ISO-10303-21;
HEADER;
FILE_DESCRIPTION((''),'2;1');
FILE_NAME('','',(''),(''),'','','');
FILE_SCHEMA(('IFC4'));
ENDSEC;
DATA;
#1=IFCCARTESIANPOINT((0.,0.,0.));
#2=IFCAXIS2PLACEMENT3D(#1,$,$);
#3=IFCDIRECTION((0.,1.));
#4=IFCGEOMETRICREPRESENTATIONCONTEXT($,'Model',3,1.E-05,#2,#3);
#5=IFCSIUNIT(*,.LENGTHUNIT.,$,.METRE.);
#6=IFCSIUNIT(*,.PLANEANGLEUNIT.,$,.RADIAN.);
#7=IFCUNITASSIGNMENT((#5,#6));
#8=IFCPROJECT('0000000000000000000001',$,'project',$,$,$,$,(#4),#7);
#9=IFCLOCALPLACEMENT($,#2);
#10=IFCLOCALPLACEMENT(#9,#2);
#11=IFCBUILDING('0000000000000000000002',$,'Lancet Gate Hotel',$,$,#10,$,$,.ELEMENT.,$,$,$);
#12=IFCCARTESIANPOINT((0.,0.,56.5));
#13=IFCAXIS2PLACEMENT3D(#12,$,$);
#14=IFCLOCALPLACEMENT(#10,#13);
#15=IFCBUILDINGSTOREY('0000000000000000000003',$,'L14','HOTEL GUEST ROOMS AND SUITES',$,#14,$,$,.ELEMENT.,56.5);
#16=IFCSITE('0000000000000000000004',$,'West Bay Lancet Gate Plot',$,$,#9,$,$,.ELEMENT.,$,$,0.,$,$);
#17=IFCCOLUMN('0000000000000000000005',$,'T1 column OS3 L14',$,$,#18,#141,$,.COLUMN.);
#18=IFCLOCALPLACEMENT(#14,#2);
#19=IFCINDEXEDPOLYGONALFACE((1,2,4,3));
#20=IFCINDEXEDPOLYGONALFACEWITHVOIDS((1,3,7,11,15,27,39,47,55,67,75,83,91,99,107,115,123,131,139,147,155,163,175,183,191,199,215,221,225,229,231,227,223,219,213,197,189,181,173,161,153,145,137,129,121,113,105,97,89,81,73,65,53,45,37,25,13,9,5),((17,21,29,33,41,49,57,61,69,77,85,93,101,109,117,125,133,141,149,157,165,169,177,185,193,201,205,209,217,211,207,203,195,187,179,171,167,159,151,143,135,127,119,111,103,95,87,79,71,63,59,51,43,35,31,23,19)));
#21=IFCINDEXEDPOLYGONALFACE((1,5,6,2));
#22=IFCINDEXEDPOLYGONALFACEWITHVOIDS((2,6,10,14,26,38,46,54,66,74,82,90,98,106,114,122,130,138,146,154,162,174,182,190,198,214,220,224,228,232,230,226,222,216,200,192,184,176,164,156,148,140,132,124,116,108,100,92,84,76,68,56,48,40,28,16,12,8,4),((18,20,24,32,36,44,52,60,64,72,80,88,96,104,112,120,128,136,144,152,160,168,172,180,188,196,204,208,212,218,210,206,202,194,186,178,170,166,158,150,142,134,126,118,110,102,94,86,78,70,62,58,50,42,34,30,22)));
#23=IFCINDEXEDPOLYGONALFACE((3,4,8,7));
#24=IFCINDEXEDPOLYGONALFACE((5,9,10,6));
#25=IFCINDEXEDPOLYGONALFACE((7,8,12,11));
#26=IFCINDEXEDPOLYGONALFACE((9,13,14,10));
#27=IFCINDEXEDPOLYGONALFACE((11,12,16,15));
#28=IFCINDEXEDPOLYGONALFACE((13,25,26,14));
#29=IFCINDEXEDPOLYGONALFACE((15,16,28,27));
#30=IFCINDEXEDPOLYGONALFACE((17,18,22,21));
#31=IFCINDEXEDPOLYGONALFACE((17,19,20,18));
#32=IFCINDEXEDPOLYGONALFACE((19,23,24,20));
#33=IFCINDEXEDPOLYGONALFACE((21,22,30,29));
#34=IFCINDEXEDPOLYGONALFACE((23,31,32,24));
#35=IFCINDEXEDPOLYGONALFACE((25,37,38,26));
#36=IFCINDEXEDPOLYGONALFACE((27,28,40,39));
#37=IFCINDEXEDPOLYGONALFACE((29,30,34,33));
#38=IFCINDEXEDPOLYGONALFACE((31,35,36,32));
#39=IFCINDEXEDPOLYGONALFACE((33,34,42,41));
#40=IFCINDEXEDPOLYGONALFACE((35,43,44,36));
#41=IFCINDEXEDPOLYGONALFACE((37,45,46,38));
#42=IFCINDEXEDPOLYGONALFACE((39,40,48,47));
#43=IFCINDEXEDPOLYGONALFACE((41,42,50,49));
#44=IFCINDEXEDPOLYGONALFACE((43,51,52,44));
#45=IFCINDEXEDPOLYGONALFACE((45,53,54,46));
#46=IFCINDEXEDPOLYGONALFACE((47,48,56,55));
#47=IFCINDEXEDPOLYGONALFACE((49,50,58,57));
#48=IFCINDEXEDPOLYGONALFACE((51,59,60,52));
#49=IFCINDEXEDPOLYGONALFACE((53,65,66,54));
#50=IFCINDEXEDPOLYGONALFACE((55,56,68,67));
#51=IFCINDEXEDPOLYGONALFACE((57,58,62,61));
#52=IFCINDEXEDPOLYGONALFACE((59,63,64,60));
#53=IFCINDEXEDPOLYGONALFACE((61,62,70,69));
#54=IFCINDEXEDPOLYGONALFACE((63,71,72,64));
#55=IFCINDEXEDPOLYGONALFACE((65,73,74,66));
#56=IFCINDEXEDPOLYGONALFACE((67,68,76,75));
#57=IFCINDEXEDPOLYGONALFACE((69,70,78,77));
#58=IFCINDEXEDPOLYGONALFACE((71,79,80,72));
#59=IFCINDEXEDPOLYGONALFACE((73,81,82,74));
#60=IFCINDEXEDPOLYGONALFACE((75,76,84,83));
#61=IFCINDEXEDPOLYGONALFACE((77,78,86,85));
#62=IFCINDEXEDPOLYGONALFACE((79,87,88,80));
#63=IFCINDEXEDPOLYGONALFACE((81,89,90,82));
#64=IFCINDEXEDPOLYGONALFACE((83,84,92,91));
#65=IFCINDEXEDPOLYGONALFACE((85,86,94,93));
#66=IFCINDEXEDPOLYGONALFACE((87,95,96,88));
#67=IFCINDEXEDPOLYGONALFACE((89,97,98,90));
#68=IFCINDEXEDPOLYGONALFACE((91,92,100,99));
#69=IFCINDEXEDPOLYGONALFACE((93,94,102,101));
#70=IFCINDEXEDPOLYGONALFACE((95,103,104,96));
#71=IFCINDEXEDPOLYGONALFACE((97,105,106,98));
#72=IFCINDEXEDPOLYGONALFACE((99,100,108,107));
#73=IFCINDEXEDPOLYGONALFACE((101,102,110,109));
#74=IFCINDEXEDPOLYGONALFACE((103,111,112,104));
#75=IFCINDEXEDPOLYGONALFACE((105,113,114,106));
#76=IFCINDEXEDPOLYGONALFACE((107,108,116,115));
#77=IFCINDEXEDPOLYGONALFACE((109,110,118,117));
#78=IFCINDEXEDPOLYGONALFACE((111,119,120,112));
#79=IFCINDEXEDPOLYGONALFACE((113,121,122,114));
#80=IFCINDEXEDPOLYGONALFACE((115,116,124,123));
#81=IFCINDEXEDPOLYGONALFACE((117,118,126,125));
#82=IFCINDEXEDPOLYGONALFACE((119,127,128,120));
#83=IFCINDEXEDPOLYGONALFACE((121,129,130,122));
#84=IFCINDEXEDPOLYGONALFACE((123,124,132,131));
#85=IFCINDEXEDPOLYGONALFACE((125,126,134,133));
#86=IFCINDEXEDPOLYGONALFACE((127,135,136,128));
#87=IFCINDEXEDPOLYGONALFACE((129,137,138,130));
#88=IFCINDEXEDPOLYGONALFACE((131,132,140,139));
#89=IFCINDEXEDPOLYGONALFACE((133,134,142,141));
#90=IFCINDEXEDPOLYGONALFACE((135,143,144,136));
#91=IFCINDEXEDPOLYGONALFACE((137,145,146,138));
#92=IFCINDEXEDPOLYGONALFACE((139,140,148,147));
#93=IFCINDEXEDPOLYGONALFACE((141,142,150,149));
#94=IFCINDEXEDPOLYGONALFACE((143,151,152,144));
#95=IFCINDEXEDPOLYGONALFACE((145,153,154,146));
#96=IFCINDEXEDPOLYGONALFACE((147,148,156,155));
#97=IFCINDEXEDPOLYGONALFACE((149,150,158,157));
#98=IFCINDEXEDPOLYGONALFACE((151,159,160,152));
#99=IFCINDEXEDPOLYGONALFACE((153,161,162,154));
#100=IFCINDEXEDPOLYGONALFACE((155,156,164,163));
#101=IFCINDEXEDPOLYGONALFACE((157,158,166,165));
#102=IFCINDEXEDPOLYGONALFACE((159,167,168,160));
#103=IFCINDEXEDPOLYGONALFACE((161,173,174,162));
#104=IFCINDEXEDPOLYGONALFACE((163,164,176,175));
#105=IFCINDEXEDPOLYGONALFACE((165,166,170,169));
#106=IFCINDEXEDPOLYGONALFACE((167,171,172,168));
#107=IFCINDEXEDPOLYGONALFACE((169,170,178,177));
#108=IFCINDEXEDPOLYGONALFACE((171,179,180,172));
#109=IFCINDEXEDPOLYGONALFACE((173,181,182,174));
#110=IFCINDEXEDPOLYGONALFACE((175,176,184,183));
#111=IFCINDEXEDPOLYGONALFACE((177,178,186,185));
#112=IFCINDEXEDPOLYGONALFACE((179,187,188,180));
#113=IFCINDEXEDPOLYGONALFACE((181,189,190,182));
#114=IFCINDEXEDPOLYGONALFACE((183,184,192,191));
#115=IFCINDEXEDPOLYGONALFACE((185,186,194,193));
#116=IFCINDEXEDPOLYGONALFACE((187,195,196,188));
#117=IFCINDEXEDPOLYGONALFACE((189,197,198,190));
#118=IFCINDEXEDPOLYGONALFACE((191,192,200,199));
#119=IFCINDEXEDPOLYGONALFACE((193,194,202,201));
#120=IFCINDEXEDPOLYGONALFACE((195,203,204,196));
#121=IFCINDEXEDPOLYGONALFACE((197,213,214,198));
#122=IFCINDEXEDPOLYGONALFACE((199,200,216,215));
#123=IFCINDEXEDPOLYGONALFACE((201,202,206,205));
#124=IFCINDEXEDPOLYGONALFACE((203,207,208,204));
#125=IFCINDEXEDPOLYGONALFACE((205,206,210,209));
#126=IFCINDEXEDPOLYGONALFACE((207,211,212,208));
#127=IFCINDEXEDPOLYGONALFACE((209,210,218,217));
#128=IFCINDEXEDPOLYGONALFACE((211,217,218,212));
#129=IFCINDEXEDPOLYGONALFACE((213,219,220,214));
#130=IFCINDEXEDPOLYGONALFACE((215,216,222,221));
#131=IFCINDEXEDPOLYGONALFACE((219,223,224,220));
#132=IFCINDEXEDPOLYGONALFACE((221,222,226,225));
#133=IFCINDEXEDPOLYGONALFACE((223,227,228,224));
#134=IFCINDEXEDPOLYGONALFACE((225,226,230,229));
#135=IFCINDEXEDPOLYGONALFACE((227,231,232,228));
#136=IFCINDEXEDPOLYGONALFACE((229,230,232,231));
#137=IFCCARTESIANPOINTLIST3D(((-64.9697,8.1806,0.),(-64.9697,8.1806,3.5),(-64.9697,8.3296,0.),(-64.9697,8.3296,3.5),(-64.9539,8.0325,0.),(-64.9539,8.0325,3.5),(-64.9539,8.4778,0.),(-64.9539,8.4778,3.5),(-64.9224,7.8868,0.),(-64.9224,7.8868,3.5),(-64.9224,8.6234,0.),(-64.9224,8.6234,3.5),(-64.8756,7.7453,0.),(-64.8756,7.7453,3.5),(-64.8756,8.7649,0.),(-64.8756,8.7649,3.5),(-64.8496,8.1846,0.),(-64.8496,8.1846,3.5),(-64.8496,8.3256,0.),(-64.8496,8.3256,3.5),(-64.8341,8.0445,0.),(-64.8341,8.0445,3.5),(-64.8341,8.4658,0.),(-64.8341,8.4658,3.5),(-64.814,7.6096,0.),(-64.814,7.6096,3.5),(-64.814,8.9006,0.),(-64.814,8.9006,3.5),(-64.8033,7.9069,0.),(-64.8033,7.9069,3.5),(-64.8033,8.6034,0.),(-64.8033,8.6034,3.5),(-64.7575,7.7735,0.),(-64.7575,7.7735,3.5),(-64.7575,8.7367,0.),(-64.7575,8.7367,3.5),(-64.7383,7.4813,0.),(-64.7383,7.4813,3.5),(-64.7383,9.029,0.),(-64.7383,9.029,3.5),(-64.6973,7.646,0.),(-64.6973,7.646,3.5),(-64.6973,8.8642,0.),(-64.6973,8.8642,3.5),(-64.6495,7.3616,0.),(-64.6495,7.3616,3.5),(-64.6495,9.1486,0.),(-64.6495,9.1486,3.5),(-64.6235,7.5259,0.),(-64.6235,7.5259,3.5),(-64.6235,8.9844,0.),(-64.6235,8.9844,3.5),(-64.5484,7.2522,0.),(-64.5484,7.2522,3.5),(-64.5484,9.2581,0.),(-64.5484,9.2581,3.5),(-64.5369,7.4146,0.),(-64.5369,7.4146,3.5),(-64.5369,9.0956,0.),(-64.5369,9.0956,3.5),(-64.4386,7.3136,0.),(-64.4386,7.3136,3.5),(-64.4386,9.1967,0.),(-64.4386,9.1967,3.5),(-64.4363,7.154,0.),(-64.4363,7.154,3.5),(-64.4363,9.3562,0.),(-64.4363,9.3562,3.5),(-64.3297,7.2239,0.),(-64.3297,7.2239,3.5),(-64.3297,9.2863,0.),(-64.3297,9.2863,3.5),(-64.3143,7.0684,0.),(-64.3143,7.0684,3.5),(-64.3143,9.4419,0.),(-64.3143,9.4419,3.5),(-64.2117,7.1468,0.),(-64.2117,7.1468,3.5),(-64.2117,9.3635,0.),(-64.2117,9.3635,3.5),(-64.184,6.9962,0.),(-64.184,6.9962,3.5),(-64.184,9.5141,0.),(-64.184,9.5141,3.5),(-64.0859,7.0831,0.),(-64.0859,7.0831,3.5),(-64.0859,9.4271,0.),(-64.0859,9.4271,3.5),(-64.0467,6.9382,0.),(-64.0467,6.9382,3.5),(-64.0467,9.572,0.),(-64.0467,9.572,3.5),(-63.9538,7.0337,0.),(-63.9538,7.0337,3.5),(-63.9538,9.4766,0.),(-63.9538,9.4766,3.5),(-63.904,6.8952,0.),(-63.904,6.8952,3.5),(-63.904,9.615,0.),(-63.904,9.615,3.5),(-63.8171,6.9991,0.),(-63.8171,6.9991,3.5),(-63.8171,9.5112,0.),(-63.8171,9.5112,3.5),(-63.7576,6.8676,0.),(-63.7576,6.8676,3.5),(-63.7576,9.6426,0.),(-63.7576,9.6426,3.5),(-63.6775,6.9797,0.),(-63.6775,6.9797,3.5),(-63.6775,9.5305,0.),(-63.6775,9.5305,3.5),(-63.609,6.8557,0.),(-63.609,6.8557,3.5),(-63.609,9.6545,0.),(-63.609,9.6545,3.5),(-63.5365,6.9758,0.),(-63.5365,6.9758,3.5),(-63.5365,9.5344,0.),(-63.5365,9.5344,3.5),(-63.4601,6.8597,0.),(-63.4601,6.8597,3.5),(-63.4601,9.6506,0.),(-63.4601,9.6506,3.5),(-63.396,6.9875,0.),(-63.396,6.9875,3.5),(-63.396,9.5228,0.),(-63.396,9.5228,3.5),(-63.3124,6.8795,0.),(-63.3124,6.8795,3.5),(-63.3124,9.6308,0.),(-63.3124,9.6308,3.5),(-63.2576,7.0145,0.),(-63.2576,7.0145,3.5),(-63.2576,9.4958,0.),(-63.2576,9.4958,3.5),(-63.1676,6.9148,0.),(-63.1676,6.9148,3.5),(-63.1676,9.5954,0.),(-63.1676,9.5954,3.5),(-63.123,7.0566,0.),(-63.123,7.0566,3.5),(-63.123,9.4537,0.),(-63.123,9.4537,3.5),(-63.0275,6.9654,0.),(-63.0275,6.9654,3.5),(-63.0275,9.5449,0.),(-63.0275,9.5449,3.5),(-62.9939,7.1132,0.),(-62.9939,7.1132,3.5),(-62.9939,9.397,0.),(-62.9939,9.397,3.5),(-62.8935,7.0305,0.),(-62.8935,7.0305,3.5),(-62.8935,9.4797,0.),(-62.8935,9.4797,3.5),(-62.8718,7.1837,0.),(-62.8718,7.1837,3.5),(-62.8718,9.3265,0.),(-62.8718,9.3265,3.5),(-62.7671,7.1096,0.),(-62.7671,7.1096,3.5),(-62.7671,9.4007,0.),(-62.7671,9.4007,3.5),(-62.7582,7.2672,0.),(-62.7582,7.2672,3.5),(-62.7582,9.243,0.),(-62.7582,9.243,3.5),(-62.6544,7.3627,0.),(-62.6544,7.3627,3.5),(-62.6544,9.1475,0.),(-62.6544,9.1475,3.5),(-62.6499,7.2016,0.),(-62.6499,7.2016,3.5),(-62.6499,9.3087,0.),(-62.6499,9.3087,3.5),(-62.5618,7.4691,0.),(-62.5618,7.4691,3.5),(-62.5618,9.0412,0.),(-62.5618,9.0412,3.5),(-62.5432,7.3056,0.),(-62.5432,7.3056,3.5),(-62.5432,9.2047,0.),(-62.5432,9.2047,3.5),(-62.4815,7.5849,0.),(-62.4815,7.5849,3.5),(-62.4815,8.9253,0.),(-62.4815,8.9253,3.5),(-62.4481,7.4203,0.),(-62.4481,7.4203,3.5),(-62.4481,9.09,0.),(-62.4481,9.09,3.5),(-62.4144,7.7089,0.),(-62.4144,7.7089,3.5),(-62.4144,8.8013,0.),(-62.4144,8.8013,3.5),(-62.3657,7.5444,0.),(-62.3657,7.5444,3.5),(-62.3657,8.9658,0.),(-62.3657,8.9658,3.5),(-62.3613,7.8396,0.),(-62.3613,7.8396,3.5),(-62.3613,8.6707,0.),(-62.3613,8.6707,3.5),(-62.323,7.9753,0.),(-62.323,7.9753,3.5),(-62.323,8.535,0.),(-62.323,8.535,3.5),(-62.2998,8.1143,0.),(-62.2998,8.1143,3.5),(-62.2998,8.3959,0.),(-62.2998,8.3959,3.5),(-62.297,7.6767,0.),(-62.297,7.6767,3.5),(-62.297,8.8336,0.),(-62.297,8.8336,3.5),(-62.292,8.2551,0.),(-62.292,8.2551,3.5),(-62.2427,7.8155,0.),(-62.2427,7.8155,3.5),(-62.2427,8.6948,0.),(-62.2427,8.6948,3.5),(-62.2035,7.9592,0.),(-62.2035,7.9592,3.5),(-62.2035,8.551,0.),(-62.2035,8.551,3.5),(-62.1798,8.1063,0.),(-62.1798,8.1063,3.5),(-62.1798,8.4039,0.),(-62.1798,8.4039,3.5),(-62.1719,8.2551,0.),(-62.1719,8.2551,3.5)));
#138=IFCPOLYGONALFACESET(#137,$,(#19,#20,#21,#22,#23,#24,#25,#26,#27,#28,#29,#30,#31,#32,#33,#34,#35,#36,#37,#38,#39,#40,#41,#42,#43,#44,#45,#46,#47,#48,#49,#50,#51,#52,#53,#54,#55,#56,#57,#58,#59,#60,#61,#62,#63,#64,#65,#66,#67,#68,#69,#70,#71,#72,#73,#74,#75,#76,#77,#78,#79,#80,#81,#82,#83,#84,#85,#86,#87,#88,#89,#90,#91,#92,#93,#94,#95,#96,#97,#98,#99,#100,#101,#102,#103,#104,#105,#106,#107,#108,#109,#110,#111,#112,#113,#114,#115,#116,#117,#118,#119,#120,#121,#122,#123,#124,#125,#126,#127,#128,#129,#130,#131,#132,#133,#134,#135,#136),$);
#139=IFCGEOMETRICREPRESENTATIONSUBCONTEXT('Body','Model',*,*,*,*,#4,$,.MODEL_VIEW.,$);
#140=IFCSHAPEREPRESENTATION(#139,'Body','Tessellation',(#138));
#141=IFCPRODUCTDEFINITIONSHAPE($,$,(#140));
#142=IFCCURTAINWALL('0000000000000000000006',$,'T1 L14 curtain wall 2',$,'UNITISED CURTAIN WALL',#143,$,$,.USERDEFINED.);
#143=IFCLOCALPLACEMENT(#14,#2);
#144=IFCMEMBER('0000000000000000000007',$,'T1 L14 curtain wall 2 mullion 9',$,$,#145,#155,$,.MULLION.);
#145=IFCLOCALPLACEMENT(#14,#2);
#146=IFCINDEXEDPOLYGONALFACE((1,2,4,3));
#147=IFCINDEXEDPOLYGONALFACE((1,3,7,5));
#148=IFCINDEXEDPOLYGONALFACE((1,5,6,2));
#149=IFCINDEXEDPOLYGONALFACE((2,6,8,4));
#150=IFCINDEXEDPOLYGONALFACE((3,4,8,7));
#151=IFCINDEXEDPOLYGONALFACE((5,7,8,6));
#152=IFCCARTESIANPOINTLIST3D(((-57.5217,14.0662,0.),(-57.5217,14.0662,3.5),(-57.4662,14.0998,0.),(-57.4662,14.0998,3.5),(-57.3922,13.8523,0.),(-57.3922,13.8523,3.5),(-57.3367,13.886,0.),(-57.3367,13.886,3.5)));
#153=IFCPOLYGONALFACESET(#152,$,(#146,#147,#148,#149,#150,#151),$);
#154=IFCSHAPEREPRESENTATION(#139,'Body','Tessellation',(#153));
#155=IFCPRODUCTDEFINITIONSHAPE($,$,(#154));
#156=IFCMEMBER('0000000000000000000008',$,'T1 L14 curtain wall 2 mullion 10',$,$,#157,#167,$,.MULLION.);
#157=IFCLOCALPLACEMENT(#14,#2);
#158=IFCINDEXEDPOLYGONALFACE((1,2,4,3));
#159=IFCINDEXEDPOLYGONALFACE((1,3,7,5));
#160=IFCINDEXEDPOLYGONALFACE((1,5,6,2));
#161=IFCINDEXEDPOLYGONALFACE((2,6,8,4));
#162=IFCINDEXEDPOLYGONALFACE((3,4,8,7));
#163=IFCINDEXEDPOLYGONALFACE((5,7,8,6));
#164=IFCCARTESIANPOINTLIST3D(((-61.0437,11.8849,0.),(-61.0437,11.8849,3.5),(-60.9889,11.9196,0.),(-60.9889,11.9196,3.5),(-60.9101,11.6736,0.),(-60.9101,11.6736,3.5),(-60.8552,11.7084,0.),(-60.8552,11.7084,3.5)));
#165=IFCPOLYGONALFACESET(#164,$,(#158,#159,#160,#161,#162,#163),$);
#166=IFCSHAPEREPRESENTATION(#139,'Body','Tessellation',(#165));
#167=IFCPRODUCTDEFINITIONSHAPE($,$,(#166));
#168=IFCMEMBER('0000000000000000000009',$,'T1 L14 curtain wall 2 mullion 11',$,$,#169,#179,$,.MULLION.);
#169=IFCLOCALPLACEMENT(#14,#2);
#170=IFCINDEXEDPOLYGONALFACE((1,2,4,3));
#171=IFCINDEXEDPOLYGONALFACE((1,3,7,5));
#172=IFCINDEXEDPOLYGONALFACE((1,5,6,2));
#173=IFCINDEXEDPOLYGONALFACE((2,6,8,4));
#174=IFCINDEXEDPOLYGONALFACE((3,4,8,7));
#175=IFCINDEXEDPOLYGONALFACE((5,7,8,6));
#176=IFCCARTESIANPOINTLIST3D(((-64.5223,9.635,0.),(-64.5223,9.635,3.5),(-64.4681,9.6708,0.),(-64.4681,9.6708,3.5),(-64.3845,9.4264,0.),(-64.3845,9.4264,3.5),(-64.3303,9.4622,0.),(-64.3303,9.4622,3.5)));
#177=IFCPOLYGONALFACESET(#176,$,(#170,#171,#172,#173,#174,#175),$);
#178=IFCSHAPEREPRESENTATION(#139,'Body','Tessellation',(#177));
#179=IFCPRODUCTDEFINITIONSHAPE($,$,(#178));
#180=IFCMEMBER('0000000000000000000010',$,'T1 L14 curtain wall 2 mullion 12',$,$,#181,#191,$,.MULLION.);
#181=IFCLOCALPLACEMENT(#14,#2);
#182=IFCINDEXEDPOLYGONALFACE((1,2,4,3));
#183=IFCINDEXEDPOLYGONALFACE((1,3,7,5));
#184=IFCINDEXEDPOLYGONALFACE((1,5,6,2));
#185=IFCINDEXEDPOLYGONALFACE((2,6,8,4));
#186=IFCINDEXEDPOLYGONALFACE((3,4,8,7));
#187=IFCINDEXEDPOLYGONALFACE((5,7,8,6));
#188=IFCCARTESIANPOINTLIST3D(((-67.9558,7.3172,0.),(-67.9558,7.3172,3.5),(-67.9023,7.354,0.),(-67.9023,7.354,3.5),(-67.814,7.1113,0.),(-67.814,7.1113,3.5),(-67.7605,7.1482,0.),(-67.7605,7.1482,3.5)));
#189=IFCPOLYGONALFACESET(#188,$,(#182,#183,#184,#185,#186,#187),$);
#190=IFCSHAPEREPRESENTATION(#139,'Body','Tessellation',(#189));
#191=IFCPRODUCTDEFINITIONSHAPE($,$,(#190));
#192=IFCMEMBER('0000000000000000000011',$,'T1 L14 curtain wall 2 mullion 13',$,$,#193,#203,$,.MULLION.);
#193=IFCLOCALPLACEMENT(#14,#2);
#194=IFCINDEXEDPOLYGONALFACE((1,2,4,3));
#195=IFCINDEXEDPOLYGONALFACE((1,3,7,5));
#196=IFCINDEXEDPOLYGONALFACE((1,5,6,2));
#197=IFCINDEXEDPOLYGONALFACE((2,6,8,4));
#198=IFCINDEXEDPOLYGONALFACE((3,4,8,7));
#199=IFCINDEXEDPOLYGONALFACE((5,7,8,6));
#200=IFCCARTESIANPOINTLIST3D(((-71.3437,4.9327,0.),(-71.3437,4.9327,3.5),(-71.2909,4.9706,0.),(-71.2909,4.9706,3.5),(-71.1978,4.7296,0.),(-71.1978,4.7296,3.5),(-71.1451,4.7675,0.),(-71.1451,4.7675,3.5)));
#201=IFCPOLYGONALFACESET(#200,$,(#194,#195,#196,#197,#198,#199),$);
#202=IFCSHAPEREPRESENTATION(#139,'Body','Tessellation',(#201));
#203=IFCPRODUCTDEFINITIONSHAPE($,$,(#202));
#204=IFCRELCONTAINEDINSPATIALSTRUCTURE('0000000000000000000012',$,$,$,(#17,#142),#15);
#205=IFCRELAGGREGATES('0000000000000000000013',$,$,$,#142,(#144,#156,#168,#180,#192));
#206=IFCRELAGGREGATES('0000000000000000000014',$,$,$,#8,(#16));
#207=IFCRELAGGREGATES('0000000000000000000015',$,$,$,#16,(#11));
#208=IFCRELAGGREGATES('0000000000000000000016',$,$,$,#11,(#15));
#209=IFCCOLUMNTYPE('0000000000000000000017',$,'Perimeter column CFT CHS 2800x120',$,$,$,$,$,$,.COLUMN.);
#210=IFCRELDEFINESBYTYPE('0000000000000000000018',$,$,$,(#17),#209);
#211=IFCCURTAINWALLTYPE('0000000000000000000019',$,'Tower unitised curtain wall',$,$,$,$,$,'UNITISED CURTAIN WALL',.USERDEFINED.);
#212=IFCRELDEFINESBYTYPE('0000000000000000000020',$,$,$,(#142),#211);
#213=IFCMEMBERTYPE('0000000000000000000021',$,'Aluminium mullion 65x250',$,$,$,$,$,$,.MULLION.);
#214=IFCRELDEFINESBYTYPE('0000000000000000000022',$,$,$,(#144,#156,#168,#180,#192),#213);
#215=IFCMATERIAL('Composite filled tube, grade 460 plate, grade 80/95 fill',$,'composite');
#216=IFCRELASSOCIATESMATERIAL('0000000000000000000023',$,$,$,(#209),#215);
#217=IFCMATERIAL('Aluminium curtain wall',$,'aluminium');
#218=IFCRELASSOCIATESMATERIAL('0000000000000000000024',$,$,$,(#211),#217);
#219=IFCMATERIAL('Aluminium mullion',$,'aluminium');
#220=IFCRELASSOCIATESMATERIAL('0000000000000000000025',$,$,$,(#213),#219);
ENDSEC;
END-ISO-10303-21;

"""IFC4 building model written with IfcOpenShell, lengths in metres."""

from ifc_helpers import new_model, si_unit, direction, frame, origin, origin_2d, place, context, subcontext, project, spatial, rectangle, hollow_circle, extrude, material, material_profile, profile_set, type_object, element, aggregate, save


model = new_model("IFC4")

# Units and contexts
model_context = context("Model", 3, precision=1e-05, world=origin(), true_north=direction((0.0, 1.0)))
body_context = subcontext(model_context, "Body", "Model", "MODEL_VIEW")
ifc_project = project(units=[si_unit("LENGTHUNIT", "METRE"), si_unit("PLANEANGLEUNIT", "RADIAN")], contexts=[model_context])

# Site, building, storey
site_placement = place(None, origin())
site = spatial("IfcSite", under=ifc_project, at=site_placement, Name="West Bay Lancet Gate Plot", CompositionType="ELEMENT", RefElevation=0.0)
building_placement = place(site_placement, origin())
building = spatial("IfcBuilding", under=site, at=building_placement, Name="Lancet Gate Hotel", CompositionType="ELEMENT")
storey_placement = place(building_placement, frame((0.0, 0.0, 56.5)))
storey = spatial("IfcBuildingStorey", under=building, at=storey_placement, Name="L14", Description="HOTEL GUEST ROOMS AND SUITES", CompositionType="ELEMENT", Elevation=56.5)

# Column
ifc_material_1 = material(Name="Composite filled tube, grade 460 plate, grade 80/95 fill", Category="composite")
ifc_material_profile_1 = material_profile(ifc_material_1, hollow_circle(Radius=1.3999, WallThickness=0.1201, at=origin_2d()), Name="CHS 2800x120")
ifc_profile_set_1 = profile_set([ifc_material_profile_1], Name="Composite filled tube, grade 460 plate, grade 80/95 fill")
column_type = type_object("IfcColumnType", Name="Perimeter column CFT CHS 2800x120", PredefinedType="COLUMN", material=ifc_profile_set_1)
column_placement = place(storey_placement, frame((-63.5718, 8.2551, 0.0), z_axis=(0.0, 0.0, 1.0), x_axis=(1.0, 0.0, 0.0)))
element("IfcColumn", 1, at=column_placement, inside=storey, type_object=column_type, Name="T1 column OS3 L14", PredefinedType="COLUMN", context=body_context, shape_type="SweptSolid", body=[
    extrude(hollow_circle(Radius=1.3999, WallThickness=0.1201, at=origin_2d()), origin(), (0.0, 0.0, 1.0), 3.5),
])

# Curtain wall, members
ifc_material_2 = material(Name="Aluminium curtain wall", Category="aluminium")
curtain_wall_type = type_object("IfcCurtainWallType", Name="Tower unitised curtain wall", ElementType="UNITISED CURTAIN WALL", PredefinedType="USERDEFINED", material=ifc_material_2)
curtain_wall_placement = place(storey_placement, origin())
curtain_wall = element("IfcCurtainWall", 2, at=curtain_wall_placement, inside=storey, type_object=curtain_wall_type, Name="T1 L14 curtain wall 2", ObjectType="UNITISED CURTAIN WALL", PredefinedType="USERDEFINED")
ifc_material_3 = material(Name="Aluminium mullion", Category="aluminium")
ifc_material_profile_2 = material_profile(ifc_material_3, rectangle(XDim=0.0649, YDim=0.25, at=origin_2d()), Name="MULLION 65x250")
ifc_profile_set_2 = profile_set([ifc_material_profile_2], Name="Aluminium mullion")
member_type_1 = type_object("IfcMemberType", Name="Aluminium mullion 65x250", PredefinedType="MULLION", material=ifc_profile_set_2)
member_1_placement = place(storey_placement, frame((-57.4292, 13.9761, 0.0), z_axis=(0.0, 0.0, 1.0), x_axis=(-0.855346, -0.518057, 0.0)))
member_1 = element("IfcMember", 3, at=member_1_placement, type_object=member_type_1, Name="T1 L14 curtain wall 2 mullion 9", PredefinedType="MULLION", context=body_context, shape_type="SweptSolid", body=[
    extrude(rectangle(XDim=0.0649, YDim=0.25, at=origin_2d()), origin(), (0.0, 0.0, 1.0), 3.5),
])
member_2_placement = place(storey_placement, frame((-60.9495, 11.7966, 0.0), z_axis=(0.0, 0.0, 1.0), x_axis=(-0.845029, -0.53472, 0.0)))
member_2 = element("IfcMember", 4, at=member_2_placement, type_object=member_type_1, Name="T1 L14 curtain wall 2 mullion 10", PredefinedType="MULLION", context=body_context, shape_type="SweptSolid", body=[
    extrude(rectangle(XDim=0.0649, YDim=0.25, at=origin_2d()), origin(), (0.0, 0.0, 1.0), 3.5),
])
member_3_placement = place(storey_placement, frame((-64.4263, 9.5486, 0.0), z_axis=(0.0, 0.0, 1.0), x_axis=(-0.834387, -0.551178, 0.0)))
member_3 = element("IfcMember", 5, at=member_3_placement, type_object=member_type_1, Name="T1 L14 curtain wall 2 mullion 11", PredefinedType="MULLION", context=body_context, shape_type="SweptSolid", body=[
    extrude(rectangle(XDim=0.0649, YDim=0.25, at=origin_2d()), origin(), (0.0, 0.0, 1.0), 3.5),
])
member_4_placement = place(storey_placement, frame((-67.8582, 7.2327, 0.0), z_axis=(0.0, 0.0, 1.0), x_axis=(-0.823425, -0.567425, 0.0)))
member_4 = element("IfcMember", 6, at=member_4_placement, type_object=member_type_1, Name="T1 L14 curtain wall 2 mullion 12", PredefinedType="MULLION", context=body_context, shape_type="SweptSolid", body=[
    extrude(rectangle(XDim=0.0649, YDim=0.25, at=origin_2d()), origin(), (0.0, 0.0, 1.0), 3.5),
])
member_5_placement = place(storey_placement, frame((-71.2444, 4.8501, 0.0), z_axis=(0.0, 0.0, 1.0), x_axis=(-0.812147, -0.583453, 0.0)))
member_5 = element("IfcMember", 7, at=member_5_placement, type_object=member_type_1, Name="T1 L14 curtain wall 2 mullion 13", PredefinedType="MULLION", context=body_context, shape_type="SweptSolid", body=[
    extrude(rectangle(XDim=0.0649, YDim=0.25, at=origin_2d()), origin(), (0.0, 0.0, 1.0), 3.5),
])

aggregate(curtain_wall, [member_1, member_2, member_3, member_4, member_5])

save(model, "model.ifc")
